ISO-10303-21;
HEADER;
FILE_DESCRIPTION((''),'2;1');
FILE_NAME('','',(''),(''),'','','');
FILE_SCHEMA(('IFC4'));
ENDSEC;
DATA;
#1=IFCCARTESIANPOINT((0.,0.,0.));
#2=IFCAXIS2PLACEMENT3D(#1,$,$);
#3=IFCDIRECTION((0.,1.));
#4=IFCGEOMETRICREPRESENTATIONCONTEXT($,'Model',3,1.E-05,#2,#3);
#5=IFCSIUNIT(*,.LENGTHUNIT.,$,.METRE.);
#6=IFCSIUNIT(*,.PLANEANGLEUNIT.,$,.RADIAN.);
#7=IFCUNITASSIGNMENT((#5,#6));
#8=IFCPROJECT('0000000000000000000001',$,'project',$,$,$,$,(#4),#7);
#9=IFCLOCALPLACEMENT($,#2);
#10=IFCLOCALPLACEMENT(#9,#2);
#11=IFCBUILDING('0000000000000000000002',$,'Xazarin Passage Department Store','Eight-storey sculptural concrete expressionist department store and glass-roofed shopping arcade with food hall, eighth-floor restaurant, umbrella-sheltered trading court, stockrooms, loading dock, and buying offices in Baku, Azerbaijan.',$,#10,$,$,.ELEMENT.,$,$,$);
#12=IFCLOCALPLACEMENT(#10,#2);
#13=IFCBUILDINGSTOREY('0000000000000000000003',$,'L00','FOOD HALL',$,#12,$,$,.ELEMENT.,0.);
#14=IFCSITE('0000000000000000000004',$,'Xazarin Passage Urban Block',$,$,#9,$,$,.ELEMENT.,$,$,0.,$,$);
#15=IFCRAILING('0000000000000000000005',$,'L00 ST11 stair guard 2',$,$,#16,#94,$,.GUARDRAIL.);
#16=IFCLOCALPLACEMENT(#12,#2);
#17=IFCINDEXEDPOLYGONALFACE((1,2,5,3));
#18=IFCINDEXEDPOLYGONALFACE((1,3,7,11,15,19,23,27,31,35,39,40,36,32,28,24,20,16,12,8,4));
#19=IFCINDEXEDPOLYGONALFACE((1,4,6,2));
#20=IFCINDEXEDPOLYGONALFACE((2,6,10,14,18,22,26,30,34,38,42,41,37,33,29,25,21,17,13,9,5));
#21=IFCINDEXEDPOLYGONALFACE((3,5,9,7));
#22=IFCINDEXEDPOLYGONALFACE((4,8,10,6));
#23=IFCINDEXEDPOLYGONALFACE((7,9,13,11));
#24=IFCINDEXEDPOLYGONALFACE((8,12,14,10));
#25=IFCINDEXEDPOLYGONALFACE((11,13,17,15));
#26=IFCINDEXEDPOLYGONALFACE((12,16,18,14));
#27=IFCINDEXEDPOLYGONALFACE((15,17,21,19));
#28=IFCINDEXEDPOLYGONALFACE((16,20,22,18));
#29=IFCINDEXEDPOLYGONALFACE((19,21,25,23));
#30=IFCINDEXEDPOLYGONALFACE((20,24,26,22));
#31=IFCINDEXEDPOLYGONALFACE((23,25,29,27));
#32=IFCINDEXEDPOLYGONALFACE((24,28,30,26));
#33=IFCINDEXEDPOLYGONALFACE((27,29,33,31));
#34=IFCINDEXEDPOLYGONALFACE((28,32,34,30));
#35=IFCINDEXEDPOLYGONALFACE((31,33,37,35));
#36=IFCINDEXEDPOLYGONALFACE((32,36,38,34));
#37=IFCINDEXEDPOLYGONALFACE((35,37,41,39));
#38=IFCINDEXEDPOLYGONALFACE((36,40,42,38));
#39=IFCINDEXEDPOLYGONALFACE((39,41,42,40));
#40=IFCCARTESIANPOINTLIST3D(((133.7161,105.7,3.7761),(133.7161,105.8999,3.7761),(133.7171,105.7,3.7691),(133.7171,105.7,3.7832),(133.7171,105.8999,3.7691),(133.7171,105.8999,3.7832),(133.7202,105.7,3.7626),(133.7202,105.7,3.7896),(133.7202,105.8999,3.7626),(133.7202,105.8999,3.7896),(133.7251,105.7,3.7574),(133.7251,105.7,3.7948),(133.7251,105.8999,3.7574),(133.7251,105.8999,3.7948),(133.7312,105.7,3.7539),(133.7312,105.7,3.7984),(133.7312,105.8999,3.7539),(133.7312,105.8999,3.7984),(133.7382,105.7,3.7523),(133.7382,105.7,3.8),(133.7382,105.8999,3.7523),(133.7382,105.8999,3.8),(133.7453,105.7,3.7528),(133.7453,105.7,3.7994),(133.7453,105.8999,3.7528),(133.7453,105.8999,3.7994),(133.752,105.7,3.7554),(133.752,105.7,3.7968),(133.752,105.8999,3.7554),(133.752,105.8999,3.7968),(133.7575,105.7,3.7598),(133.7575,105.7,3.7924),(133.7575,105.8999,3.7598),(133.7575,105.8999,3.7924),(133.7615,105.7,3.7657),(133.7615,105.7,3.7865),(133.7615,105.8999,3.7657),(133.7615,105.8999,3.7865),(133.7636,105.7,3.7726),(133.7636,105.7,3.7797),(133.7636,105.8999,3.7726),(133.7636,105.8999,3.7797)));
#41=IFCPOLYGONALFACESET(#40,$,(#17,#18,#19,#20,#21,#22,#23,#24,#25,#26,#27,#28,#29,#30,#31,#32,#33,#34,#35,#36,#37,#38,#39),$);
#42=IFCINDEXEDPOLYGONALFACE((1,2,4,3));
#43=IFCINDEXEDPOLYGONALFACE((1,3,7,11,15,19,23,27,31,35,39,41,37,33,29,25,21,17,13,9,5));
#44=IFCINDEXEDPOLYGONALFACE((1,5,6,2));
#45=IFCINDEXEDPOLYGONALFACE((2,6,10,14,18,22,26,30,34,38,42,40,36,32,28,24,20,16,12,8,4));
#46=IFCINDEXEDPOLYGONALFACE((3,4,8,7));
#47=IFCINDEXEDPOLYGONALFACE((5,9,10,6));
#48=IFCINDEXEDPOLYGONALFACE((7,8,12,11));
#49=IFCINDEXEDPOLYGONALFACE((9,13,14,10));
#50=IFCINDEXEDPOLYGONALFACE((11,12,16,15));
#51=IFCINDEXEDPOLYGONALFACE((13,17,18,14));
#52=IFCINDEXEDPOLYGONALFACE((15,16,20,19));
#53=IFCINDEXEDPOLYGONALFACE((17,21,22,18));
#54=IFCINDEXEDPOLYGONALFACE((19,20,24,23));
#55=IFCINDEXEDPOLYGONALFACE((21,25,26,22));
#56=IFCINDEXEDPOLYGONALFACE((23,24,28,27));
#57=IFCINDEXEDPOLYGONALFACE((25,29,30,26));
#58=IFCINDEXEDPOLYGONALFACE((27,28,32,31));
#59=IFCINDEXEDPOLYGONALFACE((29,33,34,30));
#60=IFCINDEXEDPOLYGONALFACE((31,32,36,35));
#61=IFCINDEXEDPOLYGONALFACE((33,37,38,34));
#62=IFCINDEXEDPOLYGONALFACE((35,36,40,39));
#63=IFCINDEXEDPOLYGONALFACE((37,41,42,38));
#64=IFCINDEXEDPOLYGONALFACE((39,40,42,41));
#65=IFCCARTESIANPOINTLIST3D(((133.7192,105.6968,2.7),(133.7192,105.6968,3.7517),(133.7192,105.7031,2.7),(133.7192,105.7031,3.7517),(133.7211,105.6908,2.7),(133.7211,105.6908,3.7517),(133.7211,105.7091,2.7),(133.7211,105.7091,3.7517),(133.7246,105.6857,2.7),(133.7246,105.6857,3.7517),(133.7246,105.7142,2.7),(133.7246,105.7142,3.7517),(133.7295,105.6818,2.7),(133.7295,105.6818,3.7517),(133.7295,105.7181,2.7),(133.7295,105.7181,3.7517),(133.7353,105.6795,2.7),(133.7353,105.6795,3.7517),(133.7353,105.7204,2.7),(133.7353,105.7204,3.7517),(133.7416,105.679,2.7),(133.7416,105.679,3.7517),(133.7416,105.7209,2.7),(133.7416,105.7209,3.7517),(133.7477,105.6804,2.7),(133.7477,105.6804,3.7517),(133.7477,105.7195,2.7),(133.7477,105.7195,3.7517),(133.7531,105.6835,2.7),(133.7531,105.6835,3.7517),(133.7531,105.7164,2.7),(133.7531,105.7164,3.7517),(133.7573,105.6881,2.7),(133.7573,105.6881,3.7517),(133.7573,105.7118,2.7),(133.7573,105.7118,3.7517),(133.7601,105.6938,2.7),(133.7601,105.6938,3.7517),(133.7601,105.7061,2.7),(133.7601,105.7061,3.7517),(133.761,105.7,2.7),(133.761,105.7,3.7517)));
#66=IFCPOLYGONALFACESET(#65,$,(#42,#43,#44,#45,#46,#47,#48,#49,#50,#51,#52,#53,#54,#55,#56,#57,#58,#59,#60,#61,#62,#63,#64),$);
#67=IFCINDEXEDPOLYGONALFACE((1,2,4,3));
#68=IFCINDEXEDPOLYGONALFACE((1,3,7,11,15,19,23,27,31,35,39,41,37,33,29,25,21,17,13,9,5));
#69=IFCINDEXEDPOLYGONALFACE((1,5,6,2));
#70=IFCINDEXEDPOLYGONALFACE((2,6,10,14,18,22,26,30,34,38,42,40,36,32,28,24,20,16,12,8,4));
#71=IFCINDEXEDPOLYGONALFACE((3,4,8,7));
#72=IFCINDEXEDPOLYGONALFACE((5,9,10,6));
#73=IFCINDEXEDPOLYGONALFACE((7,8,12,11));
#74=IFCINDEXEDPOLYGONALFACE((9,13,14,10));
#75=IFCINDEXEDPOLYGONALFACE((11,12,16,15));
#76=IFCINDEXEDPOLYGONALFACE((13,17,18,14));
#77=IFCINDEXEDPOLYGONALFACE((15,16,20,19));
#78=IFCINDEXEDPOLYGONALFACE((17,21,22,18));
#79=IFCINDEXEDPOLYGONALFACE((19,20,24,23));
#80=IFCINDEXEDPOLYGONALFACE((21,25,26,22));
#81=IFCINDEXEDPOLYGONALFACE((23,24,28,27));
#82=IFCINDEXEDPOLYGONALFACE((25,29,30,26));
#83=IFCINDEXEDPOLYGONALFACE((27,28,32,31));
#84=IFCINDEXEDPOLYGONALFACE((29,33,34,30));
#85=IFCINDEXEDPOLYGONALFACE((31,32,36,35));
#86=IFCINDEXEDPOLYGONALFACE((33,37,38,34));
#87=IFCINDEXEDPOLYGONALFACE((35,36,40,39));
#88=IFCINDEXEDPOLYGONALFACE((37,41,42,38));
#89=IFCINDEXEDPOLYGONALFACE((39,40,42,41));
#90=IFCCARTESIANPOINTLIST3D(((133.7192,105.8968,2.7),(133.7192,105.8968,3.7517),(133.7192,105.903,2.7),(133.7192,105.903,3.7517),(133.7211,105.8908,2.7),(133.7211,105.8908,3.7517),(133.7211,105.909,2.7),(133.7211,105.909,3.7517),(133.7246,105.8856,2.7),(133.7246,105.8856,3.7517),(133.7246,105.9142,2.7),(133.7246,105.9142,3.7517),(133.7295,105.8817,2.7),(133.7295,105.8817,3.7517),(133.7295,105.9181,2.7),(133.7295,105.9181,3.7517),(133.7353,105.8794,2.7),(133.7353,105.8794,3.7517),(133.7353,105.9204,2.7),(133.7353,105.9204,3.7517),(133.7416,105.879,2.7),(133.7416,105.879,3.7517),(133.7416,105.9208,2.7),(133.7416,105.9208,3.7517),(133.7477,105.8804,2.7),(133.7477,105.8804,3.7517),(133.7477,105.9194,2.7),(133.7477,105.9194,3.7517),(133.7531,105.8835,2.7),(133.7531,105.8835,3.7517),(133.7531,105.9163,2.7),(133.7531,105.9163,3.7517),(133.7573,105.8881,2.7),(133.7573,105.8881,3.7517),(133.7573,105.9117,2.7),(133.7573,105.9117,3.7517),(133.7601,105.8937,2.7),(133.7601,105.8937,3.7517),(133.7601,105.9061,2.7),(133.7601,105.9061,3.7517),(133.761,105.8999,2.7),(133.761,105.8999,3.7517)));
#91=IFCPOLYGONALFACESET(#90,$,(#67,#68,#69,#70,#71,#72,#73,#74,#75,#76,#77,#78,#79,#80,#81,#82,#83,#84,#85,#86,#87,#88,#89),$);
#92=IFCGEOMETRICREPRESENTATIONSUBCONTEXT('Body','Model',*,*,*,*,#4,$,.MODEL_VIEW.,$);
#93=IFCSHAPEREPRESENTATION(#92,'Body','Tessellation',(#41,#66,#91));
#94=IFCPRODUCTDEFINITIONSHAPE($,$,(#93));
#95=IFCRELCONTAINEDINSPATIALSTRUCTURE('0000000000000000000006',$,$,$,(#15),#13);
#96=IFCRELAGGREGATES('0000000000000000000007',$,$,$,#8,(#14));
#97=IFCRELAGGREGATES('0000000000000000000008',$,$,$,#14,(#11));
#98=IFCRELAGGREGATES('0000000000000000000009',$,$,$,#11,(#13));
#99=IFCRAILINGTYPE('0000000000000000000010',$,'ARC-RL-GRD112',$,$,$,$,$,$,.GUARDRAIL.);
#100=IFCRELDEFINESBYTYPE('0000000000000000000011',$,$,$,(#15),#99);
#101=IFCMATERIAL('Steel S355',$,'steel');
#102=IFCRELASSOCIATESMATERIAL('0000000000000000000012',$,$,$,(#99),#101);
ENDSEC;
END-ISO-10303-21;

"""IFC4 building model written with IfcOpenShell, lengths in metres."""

from ifc_helpers import new_model, si_unit, direction, frame, origin, origin_2d, place, context, subcontext, project, spatial, circle, extrude, material, type_object, element, save


model = new_model("IFC4")

# Units and contexts
model_context = context("Model", 3, precision=1e-05, world=origin(), true_north=direction((0.0, 1.0)))
body_context = subcontext(model_context, "Body", "Model", "MODEL_VIEW")
ifc_project = project(units=[si_unit("LENGTHUNIT", "METRE"), si_unit("PLANEANGLEUNIT", "RADIAN")], contexts=[model_context])

# Site, building, storey
site_placement = place(None, origin())
site = spatial("IfcSite", under=ifc_project, at=site_placement, Name="Xazarin Passage Urban Block", CompositionType="ELEMENT", RefElevation=0.0)
building_placement = place(site_placement, origin())
building = spatial("IfcBuilding", under=site, at=building_placement, Name="Xazarin Passage Department Store", Description="Eight-storey sculptural concrete expressionist department store and glass-roofed shopping arcade with food hall, eighth-floor restaurant, umbrella-sheltered trading court, stockrooms, loading dock, and buying offices in Baku, Azerbaijan.", CompositionType="ELEMENT")
storey_placement = place(building_placement, origin())
storey = spatial("IfcBuildingStorey", under=building, at=storey_placement, Name="L00", Description="FOOD HALL", CompositionType="ELEMENT", Elevation=0.0)

# Railing
ifc_material_1 = material(Name="Steel S355", Category="steel")
railing_type_1 = type_object("IfcRailingType", Name="ARC-RL-GRD112", PredefinedType="GUARDRAIL", material=ifc_material_1)
railing_1_placement = place(storey_placement, frame((133.74, 105.7, 2.7)))
element("IfcRailing", 1, at=railing_1_placement, inside=storey, type_object=railing_type_1, Name="L00 ST11 stair guard 2", PredefinedType="GUARDRAIL", context=body_context, shape_type="SweptSolid", body=[
    extrude(circle(Radius=0.0239, at=origin_2d()), frame((0.0, 0.0, 1.0762), z_axis=(0.0, 1.0, 0.0), x_axis=(-1.0, 0.0, 0.0)), (0.0, 0.0, 1.0), 0.2),
    extrude(circle(Radius=0.021, at=origin_2d()), origin(), (0.0, 0.0, 1.0), 1.0518),
    extrude(circle(Radius=0.021, at=origin_2d()), frame((0.0, 0.2, 0.0)), (0.0, 0.0, 1.0), 1.0518),
])

save(model, "model.ifc")
